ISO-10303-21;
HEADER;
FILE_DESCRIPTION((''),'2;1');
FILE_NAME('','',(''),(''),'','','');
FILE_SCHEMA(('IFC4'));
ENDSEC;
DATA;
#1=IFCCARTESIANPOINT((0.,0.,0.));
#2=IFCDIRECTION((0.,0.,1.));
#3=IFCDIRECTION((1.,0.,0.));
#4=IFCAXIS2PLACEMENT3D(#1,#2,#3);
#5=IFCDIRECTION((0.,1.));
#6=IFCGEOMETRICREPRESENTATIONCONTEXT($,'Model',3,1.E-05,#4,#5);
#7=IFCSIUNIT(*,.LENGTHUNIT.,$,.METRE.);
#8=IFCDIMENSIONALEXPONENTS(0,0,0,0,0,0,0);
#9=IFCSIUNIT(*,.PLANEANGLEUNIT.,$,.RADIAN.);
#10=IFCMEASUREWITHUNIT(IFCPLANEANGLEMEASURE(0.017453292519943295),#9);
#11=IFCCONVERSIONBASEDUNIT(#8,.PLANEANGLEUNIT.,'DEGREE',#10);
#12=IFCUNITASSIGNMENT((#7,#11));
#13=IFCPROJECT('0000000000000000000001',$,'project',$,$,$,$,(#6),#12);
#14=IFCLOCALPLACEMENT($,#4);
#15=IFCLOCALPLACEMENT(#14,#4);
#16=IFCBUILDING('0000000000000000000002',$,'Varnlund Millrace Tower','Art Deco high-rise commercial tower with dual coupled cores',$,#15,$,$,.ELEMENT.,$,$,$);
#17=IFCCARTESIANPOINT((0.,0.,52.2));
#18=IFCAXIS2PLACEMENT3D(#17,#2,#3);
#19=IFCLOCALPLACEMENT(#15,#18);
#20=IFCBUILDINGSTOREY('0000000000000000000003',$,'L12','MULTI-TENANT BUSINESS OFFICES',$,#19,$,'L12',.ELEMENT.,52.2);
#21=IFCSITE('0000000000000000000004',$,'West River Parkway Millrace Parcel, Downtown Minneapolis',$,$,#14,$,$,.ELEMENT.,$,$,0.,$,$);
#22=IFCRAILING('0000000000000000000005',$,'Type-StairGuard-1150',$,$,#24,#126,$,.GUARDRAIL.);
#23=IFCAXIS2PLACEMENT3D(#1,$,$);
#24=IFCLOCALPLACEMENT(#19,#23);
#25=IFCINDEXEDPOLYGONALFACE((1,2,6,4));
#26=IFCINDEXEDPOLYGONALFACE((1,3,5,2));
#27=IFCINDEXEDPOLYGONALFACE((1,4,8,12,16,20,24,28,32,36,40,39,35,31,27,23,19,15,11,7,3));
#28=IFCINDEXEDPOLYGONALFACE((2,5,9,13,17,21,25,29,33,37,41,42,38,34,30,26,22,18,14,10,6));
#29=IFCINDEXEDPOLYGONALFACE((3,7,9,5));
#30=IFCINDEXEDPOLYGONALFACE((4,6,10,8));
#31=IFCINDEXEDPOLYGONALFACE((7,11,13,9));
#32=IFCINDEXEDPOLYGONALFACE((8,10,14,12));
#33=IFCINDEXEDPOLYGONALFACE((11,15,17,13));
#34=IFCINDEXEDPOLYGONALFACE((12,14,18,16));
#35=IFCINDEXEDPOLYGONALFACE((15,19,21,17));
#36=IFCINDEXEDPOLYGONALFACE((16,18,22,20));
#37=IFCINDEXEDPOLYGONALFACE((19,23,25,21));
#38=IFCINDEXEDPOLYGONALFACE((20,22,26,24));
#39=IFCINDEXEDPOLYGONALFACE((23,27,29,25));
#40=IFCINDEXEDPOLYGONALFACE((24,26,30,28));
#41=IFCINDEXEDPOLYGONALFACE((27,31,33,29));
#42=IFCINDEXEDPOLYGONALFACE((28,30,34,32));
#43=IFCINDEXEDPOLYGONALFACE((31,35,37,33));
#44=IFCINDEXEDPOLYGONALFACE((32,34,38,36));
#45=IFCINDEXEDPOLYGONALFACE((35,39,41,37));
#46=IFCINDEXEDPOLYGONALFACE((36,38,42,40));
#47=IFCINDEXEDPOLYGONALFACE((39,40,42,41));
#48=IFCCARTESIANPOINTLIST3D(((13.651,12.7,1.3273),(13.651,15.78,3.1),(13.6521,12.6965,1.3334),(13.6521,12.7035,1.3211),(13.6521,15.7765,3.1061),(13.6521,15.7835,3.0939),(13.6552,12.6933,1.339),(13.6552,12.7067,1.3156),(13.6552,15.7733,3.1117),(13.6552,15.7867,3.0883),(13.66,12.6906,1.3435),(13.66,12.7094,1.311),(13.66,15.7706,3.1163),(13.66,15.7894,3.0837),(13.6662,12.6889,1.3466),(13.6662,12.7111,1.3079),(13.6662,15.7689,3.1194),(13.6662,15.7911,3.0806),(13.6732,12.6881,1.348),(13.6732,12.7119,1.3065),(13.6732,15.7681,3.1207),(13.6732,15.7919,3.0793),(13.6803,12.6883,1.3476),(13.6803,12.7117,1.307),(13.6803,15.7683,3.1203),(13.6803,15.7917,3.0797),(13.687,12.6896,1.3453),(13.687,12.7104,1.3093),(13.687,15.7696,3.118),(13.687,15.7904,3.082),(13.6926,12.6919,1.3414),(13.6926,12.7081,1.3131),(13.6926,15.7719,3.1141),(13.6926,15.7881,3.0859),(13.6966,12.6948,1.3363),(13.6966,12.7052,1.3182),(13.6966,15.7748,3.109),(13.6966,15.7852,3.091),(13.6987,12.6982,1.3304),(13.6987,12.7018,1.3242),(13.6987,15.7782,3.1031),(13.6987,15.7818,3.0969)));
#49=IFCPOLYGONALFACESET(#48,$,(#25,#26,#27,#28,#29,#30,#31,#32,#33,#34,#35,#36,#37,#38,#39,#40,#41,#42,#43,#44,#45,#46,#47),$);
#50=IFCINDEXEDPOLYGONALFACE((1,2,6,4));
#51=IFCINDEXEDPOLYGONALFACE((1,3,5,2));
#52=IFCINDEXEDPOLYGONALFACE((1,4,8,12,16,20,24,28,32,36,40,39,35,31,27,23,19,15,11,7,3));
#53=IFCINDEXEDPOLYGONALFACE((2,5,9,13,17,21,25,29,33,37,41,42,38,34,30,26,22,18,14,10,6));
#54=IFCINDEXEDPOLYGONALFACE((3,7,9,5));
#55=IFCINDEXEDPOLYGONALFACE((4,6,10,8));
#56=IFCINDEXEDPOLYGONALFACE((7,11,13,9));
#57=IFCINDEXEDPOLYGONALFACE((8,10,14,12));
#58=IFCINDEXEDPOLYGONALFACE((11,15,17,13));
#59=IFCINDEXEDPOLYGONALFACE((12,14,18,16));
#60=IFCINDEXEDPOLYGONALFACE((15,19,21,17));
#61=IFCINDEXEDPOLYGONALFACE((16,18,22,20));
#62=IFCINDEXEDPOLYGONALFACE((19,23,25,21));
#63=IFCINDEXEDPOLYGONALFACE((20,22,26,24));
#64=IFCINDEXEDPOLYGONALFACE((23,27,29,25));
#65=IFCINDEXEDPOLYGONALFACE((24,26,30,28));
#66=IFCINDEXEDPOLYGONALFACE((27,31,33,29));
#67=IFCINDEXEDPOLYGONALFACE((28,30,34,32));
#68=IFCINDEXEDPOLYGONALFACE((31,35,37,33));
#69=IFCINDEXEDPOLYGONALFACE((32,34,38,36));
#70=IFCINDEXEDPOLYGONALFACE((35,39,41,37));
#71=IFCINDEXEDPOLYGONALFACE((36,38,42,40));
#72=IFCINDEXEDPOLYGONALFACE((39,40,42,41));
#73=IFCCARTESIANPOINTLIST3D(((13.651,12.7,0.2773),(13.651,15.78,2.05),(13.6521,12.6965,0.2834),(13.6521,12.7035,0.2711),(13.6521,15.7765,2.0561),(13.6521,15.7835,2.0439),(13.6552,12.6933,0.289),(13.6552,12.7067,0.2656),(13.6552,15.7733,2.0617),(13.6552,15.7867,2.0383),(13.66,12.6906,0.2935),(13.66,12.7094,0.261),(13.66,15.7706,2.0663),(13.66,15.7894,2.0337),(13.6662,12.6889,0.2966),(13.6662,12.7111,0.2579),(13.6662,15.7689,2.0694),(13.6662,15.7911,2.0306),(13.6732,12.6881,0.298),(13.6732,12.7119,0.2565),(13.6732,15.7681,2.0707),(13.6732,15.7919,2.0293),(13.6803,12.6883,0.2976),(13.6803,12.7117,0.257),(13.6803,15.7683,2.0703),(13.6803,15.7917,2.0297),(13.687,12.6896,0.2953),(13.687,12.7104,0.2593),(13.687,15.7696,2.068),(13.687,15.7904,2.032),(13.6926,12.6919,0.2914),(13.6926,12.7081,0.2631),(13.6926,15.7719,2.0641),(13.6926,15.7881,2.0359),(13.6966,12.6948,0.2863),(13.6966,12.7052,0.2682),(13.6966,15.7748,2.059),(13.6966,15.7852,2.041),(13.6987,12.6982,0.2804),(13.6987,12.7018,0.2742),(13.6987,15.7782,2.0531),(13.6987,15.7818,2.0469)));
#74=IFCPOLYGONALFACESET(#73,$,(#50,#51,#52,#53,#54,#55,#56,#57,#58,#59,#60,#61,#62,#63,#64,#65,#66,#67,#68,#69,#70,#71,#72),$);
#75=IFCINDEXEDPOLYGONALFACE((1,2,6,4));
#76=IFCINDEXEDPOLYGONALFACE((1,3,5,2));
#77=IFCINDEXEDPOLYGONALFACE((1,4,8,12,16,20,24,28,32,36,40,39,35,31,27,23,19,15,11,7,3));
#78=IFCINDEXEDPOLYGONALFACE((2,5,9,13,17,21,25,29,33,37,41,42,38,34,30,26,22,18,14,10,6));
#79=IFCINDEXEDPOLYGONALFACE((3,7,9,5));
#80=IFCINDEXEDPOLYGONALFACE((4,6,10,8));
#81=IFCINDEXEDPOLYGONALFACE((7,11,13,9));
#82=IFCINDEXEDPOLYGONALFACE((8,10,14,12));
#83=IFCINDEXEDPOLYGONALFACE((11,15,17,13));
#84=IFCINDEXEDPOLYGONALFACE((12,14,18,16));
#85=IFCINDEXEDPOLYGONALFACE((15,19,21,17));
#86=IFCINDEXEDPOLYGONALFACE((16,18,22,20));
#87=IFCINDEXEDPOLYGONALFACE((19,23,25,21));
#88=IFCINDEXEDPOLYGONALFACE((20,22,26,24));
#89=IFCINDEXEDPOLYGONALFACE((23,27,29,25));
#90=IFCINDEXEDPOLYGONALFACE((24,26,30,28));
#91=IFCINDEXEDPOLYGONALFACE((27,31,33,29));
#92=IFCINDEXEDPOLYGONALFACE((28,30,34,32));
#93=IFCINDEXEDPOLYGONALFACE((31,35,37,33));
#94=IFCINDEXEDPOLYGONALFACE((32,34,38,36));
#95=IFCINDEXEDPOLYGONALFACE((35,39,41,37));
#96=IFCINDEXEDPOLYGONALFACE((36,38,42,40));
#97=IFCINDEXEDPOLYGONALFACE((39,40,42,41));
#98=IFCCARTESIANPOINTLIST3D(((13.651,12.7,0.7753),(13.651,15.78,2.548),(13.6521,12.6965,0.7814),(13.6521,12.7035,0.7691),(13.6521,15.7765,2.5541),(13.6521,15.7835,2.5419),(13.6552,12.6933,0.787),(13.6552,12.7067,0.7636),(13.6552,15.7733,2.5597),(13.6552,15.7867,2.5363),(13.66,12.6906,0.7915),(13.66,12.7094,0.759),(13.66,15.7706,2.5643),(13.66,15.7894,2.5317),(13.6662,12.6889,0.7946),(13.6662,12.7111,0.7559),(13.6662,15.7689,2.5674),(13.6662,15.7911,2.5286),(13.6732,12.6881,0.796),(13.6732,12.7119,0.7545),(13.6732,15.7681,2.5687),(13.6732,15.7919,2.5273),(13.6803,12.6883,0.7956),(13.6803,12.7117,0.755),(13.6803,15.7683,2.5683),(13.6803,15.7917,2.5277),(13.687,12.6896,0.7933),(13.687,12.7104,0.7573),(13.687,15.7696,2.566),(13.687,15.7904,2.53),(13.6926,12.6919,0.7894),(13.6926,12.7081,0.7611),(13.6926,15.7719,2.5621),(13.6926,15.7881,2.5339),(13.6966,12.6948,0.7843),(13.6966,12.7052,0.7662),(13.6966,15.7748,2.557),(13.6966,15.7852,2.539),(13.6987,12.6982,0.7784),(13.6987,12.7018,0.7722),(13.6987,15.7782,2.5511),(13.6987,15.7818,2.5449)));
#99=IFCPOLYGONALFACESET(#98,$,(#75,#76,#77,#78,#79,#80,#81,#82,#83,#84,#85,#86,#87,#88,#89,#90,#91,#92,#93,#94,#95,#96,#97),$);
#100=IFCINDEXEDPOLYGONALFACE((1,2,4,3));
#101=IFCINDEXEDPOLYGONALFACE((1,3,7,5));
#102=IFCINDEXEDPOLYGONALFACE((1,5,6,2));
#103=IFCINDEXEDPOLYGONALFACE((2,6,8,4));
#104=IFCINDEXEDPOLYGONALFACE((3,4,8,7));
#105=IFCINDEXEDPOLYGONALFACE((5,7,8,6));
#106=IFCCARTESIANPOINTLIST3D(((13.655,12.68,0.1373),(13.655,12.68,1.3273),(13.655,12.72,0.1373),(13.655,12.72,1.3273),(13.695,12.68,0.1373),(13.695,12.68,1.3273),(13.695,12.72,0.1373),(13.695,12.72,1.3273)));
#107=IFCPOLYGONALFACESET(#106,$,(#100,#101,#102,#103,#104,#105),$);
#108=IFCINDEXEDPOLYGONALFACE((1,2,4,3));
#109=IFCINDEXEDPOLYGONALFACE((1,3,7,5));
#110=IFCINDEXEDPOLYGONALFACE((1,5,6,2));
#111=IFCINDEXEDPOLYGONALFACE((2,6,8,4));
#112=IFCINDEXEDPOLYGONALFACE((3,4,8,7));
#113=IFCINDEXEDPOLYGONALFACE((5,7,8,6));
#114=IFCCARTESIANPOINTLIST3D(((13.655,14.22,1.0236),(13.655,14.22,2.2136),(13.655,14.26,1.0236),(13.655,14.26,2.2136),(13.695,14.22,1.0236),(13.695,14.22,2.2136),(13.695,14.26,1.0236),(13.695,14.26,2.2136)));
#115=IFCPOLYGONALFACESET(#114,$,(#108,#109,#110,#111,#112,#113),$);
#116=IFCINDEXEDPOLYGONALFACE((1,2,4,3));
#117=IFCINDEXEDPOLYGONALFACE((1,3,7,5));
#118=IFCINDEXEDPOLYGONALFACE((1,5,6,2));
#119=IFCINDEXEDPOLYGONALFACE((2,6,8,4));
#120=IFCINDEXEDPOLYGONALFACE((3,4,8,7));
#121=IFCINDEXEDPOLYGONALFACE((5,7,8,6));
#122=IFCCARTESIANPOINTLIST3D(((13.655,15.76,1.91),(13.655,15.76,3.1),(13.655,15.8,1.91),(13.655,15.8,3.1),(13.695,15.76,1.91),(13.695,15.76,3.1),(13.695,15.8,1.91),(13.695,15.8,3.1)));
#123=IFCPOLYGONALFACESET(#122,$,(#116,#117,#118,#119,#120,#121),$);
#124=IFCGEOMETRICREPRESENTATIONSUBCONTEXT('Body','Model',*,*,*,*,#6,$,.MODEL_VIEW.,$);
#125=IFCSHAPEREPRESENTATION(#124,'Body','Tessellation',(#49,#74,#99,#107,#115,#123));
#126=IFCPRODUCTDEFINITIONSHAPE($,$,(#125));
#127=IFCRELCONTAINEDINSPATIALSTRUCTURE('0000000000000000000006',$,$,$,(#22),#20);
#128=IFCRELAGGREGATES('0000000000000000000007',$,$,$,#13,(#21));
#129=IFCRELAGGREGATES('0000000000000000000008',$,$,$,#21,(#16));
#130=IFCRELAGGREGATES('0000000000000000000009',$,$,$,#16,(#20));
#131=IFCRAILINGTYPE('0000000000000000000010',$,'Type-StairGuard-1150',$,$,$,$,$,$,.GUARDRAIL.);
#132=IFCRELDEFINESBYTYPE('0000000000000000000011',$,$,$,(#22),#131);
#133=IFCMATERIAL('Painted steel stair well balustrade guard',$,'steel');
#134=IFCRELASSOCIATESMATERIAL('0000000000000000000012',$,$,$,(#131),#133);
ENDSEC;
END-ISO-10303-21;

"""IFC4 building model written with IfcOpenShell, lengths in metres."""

from ifc_helpers import new_model, entity, si_unit, converted_unit, direction, frame, origin_with_axes, origin_2d_with_axis, place, context, subcontext, project, spatial, rectangle, circle, extrude, material, type_object, element, save


model = new_model("IFC4")

# Units and contexts
model_context = context("Model", 3, precision=1e-05, world=origin_with_axes(), true_north=direction((0.0, 1.0)))
body_context = subcontext(model_context, "Body", "Model", "MODEL_VIEW")
ifc_project = project(units=[si_unit("LENGTHUNIT", "METRE"), converted_unit("PLANEANGLEUNIT", "DEGREE", entity("IfcPlaneAngleMeasure", 0.017453292519943295), si_unit("PLANEANGLEUNIT", "RADIAN"), dimensions=[0, 0, 0, 0, 0, 0, 0])], contexts=[model_context])

# Site, building, storey
site_placement = place(None, origin_with_axes())
site = spatial("IfcSite", under=ifc_project, at=site_placement, Name="West River Parkway Millrace Parcel, Downtown Minneapolis", CompositionType="ELEMENT", RefElevation=0.0)
building_placement = place(site_placement, origin_with_axes())
building = spatial("IfcBuilding", under=site, at=building_placement, Name="Varnlund Millrace Tower", Description="Art Deco high-rise commercial tower with dual coupled cores", CompositionType="ELEMENT")
storey_placement = place(building_placement, frame((0.0, 0.0, 52.2), z_axis=(0.0, 0.0, 1.0), x_axis=(1.0, 0.0, 0.0)))
storey = spatial("IfcBuildingStorey", under=building, at=storey_placement, Name="L12", Description="MULTI-TENANT BUSINESS OFFICES", LongName="L12", CompositionType="ELEMENT", Elevation=52.2)

# Railing
ifc_material_1 = material(Name="Painted steel stair well balustrade guard", Category="steel")
railing_type_1 = type_object("IfcRailingType", Name="Type-StairGuard-1150", PredefinedType="GUARDRAIL", material=ifc_material_1)
railing_1_placement = place(storey_placement, frame((0.0, 0.0, -52.2), z_axis=(0.0, 0.0, 1.0), x_axis=(1.0, 0.0, 0.0)))
element("IfcRailing", 1, at=railing_1_placement, inside=storey, type_object=railing_type_1, Name="Type-StairGuard-1150", PredefinedType="GUARDRAIL", context=body_context, shape_type="SweptSolid", body=[
    extrude(circle(Radius=0.024, at=origin_2d_with_axis()), frame((13.675, 12.7, 53.5273), z_axis=(0.0, 0.866696, 0.498836), x_axis=(-1.0, 0.0, 0.0)), (0.0, 0.0, 1.0), 3.5537),
    extrude(circle(Radius=0.024, at=origin_2d_with_axis()), frame((13.675, 12.7, 52.4773), z_axis=(0.0, 0.866696, 0.498836), x_axis=(-1.0, 0.0, 0.0)), (0.0, 0.0, 1.0), 3.5537),
    extrude(circle(Radius=0.024, at=origin_2d_with_axis()), frame((13.675, 12.7, 52.9753), z_axis=(0.0, 0.866696, 0.498836), x_axis=(-1.0, 0.0, 0.0)), (0.0, 0.0, 1.0), 3.5537),
    extrude(rectangle(XDim=0.04, YDim=0.04, at=origin_2d_with_axis()), frame((13.675, 12.7, 52.3373), z_axis=(0.0, 0.0, 1.0), x_axis=(1.0, 0.0, 0.0)), (0.0, 0.0, 1.0), 1.19),
    extrude(rectangle(XDim=0.04, YDim=0.04, at=origin_2d_with_axis()), frame((13.675, 14.24, 53.2236), z_axis=(0.0, 0.0, 1.0), x_axis=(1.0, 0.0, 0.0)), (0.0, 0.0, 1.0), 1.19),
    extrude(rectangle(XDim=0.04, YDim=0.04, at=origin_2d_with_axis()), frame((13.675, 15.78, 54.11), z_axis=(0.0, 0.0, 1.0), x_axis=(1.0, 0.0, 0.0)), (0.0, 0.0, 1.0), 1.19),
])

save(model, "model.ifc")
